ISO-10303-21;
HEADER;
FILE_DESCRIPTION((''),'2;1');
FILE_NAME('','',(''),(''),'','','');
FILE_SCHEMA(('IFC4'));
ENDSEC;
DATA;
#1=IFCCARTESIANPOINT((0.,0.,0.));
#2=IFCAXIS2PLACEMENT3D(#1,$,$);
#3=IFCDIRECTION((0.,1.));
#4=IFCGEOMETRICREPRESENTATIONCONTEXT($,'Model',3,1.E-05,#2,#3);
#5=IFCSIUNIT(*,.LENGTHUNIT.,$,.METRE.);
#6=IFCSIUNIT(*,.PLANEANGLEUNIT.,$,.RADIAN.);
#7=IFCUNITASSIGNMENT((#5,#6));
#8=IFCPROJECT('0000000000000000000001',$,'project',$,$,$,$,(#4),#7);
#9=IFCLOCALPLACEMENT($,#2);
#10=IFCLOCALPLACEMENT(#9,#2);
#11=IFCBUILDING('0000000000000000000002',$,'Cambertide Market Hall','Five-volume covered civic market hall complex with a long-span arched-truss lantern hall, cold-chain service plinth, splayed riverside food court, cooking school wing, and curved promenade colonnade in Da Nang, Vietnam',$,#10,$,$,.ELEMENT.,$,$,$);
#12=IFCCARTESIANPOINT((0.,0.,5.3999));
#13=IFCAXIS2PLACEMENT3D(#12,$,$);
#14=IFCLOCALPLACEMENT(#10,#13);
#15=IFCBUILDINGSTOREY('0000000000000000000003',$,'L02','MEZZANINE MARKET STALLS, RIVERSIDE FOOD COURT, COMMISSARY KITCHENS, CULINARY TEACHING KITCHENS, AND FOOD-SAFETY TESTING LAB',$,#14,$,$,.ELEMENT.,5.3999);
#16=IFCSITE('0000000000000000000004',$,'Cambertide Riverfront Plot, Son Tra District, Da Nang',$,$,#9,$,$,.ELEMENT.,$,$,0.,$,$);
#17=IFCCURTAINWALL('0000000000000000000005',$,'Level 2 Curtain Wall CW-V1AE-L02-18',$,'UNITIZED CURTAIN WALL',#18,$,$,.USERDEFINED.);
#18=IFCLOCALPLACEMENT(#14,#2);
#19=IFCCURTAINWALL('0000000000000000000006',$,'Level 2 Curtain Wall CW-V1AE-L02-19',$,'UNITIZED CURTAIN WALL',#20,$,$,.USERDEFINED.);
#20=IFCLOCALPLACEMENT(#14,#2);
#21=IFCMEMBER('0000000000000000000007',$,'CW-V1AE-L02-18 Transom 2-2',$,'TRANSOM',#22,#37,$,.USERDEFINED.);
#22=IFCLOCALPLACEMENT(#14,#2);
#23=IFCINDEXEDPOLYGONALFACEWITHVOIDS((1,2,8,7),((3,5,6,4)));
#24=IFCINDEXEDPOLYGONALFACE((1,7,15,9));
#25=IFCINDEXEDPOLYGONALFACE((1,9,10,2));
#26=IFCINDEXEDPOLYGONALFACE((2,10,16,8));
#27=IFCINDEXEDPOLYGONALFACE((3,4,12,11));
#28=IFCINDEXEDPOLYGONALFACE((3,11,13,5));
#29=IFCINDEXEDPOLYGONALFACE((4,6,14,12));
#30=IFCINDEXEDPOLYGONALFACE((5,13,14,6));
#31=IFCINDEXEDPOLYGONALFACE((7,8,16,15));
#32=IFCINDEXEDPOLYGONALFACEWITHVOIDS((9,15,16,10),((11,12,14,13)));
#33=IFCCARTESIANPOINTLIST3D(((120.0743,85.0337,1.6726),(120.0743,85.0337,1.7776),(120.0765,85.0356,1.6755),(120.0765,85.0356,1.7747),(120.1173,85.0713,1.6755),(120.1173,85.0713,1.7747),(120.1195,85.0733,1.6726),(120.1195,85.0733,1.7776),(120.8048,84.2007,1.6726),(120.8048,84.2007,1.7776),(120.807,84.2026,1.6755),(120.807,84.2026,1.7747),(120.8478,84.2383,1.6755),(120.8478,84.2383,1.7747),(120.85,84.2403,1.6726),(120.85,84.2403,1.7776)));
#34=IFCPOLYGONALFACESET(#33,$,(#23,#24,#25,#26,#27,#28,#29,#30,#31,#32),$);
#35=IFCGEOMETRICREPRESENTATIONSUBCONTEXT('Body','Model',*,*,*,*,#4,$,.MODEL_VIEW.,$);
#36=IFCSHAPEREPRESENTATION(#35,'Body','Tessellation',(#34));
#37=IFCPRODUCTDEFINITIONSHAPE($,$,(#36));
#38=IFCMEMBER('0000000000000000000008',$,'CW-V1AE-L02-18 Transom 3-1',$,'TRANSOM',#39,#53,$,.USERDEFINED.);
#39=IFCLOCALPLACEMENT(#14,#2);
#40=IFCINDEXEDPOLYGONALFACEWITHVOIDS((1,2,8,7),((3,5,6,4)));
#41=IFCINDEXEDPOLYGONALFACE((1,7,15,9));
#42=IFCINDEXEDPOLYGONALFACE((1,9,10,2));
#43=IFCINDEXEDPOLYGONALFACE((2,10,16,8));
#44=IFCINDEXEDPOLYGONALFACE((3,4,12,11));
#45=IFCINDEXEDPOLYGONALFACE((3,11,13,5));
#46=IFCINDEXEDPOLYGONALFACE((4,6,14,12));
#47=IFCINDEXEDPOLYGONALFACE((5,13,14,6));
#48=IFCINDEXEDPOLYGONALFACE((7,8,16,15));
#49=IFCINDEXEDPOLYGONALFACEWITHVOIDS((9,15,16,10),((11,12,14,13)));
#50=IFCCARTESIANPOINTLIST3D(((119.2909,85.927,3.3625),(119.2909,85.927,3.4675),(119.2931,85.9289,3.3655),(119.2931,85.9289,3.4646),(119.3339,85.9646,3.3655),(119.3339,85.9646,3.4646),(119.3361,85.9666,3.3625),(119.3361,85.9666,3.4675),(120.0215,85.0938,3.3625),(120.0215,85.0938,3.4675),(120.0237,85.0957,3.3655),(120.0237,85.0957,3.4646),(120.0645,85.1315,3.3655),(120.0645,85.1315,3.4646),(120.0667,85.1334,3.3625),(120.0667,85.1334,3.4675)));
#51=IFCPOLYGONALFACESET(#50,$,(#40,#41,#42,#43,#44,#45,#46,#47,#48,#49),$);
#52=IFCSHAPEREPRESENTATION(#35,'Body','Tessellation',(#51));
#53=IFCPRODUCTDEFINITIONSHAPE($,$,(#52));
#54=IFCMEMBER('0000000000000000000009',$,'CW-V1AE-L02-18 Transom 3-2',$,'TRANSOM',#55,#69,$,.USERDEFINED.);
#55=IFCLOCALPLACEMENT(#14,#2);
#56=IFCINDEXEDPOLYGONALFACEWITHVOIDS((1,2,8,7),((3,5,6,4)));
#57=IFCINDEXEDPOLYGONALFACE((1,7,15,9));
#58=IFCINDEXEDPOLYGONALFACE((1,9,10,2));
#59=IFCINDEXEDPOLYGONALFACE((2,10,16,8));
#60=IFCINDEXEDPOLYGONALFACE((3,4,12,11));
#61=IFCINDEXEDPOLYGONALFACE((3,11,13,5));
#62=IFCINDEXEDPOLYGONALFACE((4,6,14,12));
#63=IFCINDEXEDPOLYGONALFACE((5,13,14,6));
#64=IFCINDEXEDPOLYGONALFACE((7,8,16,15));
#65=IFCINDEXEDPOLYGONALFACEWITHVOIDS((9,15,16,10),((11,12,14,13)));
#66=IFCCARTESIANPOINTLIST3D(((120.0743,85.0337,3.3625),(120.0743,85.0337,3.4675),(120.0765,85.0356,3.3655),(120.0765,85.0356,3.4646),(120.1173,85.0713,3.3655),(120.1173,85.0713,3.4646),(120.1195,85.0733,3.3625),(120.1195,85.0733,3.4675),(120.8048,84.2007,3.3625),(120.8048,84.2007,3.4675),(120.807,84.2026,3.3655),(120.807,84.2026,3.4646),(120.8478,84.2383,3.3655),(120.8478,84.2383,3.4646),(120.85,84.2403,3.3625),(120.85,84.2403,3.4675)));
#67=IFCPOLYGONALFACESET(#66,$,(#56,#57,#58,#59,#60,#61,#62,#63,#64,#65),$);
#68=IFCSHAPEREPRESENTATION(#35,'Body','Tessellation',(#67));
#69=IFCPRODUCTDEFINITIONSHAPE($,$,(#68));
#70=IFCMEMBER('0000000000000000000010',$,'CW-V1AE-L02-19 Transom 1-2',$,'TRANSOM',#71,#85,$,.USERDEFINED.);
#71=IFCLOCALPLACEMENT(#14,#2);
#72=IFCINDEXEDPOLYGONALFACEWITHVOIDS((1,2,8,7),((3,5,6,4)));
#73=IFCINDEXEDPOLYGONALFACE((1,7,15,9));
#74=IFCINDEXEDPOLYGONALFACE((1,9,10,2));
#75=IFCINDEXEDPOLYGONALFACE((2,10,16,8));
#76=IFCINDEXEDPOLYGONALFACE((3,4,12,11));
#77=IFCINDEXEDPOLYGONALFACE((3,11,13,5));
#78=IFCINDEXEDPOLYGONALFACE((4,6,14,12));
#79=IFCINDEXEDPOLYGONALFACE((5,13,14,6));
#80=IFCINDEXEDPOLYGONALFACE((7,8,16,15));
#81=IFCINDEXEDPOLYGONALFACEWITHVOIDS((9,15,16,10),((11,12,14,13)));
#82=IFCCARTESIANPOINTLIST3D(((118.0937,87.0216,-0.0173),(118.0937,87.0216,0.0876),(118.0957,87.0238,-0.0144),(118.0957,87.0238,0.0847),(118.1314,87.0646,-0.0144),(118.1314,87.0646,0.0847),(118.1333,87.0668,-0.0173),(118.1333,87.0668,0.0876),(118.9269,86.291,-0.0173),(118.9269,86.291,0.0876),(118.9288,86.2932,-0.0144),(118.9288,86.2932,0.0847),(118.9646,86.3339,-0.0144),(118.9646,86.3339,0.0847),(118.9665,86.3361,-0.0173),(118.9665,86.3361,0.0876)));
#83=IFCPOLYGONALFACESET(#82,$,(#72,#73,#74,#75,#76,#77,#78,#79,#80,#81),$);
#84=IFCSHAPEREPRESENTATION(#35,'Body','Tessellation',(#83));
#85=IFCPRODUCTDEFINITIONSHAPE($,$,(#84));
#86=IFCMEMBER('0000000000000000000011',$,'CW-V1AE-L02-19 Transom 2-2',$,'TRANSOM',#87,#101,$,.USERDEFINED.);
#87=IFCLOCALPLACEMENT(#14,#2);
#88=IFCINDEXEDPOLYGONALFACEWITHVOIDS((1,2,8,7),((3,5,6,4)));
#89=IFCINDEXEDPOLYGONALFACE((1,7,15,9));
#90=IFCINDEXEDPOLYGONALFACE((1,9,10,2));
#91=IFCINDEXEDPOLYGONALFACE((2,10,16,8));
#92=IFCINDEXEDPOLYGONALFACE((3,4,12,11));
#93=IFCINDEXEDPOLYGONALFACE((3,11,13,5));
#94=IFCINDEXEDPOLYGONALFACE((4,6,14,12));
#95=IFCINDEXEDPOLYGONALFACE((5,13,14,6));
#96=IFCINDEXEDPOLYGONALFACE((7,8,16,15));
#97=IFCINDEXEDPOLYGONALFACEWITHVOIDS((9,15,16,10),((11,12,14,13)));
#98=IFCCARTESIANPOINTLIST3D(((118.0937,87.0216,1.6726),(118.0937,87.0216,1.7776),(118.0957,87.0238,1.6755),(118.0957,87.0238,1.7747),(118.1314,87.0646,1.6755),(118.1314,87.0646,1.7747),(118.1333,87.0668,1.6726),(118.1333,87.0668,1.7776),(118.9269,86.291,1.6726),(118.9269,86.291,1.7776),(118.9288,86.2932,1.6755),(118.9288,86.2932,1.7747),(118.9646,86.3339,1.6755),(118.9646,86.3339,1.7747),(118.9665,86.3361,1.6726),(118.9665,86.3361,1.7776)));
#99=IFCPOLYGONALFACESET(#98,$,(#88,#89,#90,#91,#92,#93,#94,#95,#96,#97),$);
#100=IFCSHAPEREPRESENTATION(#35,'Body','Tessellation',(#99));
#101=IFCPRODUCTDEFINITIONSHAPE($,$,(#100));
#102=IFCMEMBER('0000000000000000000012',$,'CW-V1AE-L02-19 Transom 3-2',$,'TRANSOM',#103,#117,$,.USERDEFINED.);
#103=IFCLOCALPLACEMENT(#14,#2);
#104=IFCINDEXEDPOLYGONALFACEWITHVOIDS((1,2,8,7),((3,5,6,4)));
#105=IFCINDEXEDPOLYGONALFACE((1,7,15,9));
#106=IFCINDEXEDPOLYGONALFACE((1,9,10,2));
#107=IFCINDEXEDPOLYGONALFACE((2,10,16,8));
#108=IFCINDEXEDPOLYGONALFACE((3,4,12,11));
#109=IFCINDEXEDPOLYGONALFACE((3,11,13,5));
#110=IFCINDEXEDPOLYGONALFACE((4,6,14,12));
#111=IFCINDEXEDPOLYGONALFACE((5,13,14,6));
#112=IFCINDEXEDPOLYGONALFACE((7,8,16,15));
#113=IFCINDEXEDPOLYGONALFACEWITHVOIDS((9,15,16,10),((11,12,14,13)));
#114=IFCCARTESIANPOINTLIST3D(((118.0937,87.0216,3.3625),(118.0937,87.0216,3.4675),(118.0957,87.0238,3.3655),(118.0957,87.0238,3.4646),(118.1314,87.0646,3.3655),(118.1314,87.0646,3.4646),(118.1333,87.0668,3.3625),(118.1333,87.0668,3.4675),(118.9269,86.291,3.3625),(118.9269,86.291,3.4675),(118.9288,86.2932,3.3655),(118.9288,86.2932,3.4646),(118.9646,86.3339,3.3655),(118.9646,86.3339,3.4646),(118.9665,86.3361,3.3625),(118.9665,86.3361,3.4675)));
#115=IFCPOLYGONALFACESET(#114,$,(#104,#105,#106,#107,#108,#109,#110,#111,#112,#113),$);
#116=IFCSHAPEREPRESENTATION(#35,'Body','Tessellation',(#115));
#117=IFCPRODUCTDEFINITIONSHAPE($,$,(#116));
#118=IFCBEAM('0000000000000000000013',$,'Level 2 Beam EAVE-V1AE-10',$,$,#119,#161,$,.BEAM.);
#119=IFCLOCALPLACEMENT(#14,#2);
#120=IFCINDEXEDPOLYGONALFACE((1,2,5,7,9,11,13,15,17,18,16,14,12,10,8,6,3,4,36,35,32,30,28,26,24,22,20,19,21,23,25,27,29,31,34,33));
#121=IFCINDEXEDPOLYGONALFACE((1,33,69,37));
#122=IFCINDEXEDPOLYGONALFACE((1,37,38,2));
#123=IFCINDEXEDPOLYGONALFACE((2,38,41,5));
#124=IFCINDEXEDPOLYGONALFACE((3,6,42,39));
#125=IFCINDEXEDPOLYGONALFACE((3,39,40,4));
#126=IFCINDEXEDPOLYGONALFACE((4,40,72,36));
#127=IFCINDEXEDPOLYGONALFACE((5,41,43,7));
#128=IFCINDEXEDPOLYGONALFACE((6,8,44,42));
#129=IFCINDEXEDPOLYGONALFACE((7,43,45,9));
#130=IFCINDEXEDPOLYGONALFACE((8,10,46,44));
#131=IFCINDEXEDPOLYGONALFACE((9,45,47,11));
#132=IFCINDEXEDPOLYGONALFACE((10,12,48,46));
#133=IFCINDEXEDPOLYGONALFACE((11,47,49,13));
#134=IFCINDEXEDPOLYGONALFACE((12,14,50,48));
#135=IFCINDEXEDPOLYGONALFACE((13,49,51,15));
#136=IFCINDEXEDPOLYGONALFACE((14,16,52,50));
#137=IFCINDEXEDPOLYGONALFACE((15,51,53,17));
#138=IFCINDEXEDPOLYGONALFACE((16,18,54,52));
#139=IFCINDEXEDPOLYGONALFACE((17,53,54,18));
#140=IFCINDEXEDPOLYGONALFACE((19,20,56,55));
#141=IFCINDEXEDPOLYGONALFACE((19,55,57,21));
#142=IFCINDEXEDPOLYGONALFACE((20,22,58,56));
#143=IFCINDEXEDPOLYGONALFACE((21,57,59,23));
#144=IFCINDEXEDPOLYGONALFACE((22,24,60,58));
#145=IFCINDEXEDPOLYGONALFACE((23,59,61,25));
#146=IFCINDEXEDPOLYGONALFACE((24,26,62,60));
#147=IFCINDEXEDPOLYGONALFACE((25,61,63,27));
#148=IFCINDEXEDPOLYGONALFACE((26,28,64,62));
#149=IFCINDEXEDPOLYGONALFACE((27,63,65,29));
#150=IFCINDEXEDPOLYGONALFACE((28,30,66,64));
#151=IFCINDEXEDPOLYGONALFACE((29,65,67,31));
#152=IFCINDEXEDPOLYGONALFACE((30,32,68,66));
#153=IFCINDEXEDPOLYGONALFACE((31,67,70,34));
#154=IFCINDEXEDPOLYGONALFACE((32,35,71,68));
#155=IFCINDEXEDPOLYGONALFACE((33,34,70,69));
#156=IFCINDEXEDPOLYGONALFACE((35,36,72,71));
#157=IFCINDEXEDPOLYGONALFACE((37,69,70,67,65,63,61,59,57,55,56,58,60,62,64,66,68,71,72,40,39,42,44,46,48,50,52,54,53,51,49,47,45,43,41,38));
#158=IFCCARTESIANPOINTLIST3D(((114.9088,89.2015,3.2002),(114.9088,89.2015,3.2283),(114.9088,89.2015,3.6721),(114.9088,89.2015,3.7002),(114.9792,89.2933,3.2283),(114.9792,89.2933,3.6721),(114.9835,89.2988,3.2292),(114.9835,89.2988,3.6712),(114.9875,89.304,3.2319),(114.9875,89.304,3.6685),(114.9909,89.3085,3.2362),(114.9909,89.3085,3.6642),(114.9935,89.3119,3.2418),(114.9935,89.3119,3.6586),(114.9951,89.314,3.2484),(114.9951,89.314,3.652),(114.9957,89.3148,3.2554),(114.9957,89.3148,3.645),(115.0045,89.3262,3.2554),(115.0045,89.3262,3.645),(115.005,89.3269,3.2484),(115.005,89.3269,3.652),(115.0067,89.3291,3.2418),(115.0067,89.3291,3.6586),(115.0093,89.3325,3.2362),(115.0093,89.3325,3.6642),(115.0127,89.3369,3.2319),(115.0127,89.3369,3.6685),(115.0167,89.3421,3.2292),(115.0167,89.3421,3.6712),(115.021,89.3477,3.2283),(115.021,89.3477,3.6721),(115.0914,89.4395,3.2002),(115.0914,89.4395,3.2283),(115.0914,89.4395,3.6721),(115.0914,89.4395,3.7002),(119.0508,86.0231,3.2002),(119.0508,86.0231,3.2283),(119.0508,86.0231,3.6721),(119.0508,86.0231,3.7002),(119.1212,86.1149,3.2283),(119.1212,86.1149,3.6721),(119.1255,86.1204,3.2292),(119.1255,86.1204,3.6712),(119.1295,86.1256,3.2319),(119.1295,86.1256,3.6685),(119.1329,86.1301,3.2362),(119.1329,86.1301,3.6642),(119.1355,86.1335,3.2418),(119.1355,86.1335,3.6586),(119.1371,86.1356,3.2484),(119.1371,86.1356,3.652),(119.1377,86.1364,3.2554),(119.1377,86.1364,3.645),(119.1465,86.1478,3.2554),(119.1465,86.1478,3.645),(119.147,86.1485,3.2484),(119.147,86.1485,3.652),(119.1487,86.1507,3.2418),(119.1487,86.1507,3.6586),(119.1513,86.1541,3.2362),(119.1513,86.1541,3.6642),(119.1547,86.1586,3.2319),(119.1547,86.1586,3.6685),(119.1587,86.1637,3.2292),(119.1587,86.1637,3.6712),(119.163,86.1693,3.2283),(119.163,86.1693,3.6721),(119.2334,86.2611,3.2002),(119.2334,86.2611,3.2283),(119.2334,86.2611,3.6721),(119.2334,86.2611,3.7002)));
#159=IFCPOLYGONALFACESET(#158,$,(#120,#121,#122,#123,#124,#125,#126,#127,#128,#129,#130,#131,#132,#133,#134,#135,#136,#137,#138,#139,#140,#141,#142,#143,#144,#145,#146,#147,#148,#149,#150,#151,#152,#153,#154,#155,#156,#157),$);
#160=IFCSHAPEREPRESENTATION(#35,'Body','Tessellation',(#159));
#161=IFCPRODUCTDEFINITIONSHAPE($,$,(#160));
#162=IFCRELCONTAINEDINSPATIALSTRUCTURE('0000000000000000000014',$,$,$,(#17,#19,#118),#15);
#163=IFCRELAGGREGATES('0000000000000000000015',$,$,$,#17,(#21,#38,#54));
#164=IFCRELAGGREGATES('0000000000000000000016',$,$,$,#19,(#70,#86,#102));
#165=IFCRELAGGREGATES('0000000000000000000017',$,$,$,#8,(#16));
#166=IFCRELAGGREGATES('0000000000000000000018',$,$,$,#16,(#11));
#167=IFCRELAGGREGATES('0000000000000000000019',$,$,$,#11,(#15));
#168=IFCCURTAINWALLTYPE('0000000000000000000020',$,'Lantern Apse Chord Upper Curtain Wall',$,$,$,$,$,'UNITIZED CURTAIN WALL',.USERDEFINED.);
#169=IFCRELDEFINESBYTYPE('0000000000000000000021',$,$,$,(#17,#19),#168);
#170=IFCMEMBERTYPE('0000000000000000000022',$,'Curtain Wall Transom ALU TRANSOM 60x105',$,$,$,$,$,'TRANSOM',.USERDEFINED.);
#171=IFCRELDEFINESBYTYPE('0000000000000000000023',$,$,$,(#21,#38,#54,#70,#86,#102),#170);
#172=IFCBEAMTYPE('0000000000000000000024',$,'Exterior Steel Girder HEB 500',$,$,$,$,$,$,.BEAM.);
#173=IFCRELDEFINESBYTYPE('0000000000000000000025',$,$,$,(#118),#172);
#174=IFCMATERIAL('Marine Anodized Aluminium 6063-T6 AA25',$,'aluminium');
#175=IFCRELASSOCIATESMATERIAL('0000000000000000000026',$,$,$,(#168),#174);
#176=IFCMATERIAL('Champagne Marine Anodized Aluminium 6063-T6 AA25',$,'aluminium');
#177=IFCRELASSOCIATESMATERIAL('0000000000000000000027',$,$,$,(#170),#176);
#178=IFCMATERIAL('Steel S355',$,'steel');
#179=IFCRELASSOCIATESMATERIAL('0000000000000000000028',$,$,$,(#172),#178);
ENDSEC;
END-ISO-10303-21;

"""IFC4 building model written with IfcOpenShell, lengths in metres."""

from ifc_helpers import new_model, si_unit, direction, frame, origin, origin_2d, place, context, subcontext, project, spatial, hollow_rectangle, i_section, extrude, material, material_profile, profile_set, type_object, element, aggregate, save


model = new_model("IFC4")

# Units and contexts
model_context = context("Model", 3, precision=1e-05, world=origin(), true_north=direction((0.0, 1.0)))
body_context = subcontext(model_context, "Body", "Model", "MODEL_VIEW")
ifc_project = project(units=[si_unit("LENGTHUNIT", "METRE"), si_unit("PLANEANGLEUNIT", "RADIAN")], contexts=[model_context])

# Site, building, storey
site_placement = place(None, origin())
site = spatial("IfcSite", under=ifc_project, at=site_placement, Name="Cambertide Riverfront Plot, Son Tra District, Da Nang", CompositionType="ELEMENT", RefElevation=0.0)
building_placement = place(site_placement, origin())
building = spatial("IfcBuilding", under=site, at=building_placement, Name="Cambertide Market Hall", Description="Five-volume covered civic market hall complex with a long-span arched-truss lantern hall, cold-chain service plinth, splayed riverside food court, cooking school wing, and curved promenade colonnade in Da Nang, Vietnam", CompositionType="ELEMENT")
storey_placement = place(building_placement, frame((0.0, 0.0, 5.3999)))
storey = spatial("IfcBuildingStorey", under=building, at=storey_placement, Name="L02", Description="MEZZANINE MARKET STALLS, RIVERSIDE FOOD COURT, COMMISSARY KITCHENS, CULINARY TEACHING KITCHENS, AND FOOD-SAFETY TESTING LAB", CompositionType="ELEMENT", Elevation=5.3999)

# Curtain walls
ifc_material_1 = material(Name="Marine Anodized Aluminium 6063-T6 AA25", Category="aluminium")
curtain_wall_type = type_object("IfcCurtainWallType", Name="Lantern Apse Chord Upper Curtain Wall", ElementType="UNITIZED CURTAIN WALL", PredefinedType="USERDEFINED", material=ifc_material_1)
curtain_wall_1_placement = place(storey_placement, origin())
curtain_wall_1 = element("IfcCurtainWall", 1, at=curtain_wall_1_placement, inside=storey, type_object=curtain_wall_type, Name="Level 2 Curtain Wall CW-V1AE-L02-18", ObjectType="UNITIZED CURTAIN WALL", PredefinedType="USERDEFINED")
curtain_wall_2_placement = place(storey_placement, origin())
curtain_wall_2 = element("IfcCurtainWall", 2, at=curtain_wall_2_placement, inside=storey, type_object=curtain_wall_type, Name="Level 2 Curtain Wall CW-V1AE-L02-19", ObjectType="UNITIZED CURTAIN WALL", PredefinedType="USERDEFINED")

# Members
ifc_material_2 = material(Name="Champagne Marine Anodized Aluminium 6063-T6 AA25", Category="aluminium")
ifc_material_profile_1 = material_profile(ifc_material_2, hollow_rectangle(XDim=0.0601, YDim=0.105, WallThickness=0.0029, at=origin_2d()), Name="ALU TRANSOM 60x105")
ifc_profile_set_1 = profile_set([ifc_material_profile_1], Name="Champagne Marine Anodized Aluminium 6063-T6 AA25")
member_type_1 = type_object("IfcMemberType", Name="Curtain Wall Transom ALU TRANSOM 60x105", ElementType="TRANSOM", PredefinedType="USERDEFINED", material=ifc_profile_set_1)
member_1_placement = place(storey_placement, frame((120.0969, 85.0535, 1.7251), z_axis=(0.659315, -0.751866, 0.0), x_axis=(0.751866, 0.659315, 0.0)))
member_1 = element("IfcMember", 3, at=member_1_placement, type_object=member_type_1, Name="CW-V1AE-L02-18 Transom 2-2", ObjectType="TRANSOM", PredefinedType="USERDEFINED", context=body_context, shape_type="SweptSolid", body=[
    extrude(hollow_rectangle(XDim=0.0601, YDim=0.105, WallThickness=0.0029, at=origin_2d()), origin(), (0.0, 0.0, 1.0), 1.1079),
])
member_2_placement = place(storey_placement, frame((119.3135, 85.9468, 3.415), z_axis=(0.659331, -0.751853, 0.0), x_axis=(0.751853, 0.659331, 0.0)))
member_2 = element("IfcMember", 4, at=member_2_placement, type_object=member_type_1, Name="CW-V1AE-L02-18 Transom 3-1", ObjectType="TRANSOM", PredefinedType="USERDEFINED", context=body_context, shape_type="SweptSolid", body=[
    extrude(hollow_rectangle(XDim=0.0601, YDim=0.105, WallThickness=0.0029, at=origin_2d()), origin(), (0.0, 0.0, 1.0), 1.1082),
])
member_3_placement = place(storey_placement, frame((120.0969, 85.0535, 3.415), z_axis=(0.659315, -0.751866, 0.0), x_axis=(0.751866, 0.659315, 0.0)))
member_3 = element("IfcMember", 5, at=member_3_placement, type_object=member_type_1, Name="CW-V1AE-L02-18 Transom 3-2", ObjectType="TRANSOM", PredefinedType="USERDEFINED", context=body_context, shape_type="SweptSolid", body=[
    extrude(hollow_rectangle(XDim=0.0601, YDim=0.105, WallThickness=0.0029, at=origin_2d()), origin(), (0.0, 0.0, 1.0), 1.1079),
])
member_4_placement = place(storey_placement, frame((118.1135, 87.0442, 0.0352), z_axis=(0.751853, -0.659331, 0.0), x_axis=(0.659331, 0.751853, 0.0)))
member_4 = element("IfcMember", 6, at=member_4_placement, type_object=member_type_1, Name="CW-V1AE-L02-19 Transom 1-2", ObjectType="TRANSOM", PredefinedType="USERDEFINED", context=body_context, shape_type="SweptSolid", body=[
    extrude(hollow_rectangle(XDim=0.0601, YDim=0.105, WallThickness=0.0029, at=origin_2d()), origin(), (0.0, 0.0, 1.0), 1.1082),
])
member_5_placement = place(storey_placement, frame((118.1135, 87.0442, 1.7251), z_axis=(0.751853, -0.659331, 0.0), x_axis=(0.659331, 0.751853, 0.0)))
member_5 = element("IfcMember", 7, at=member_5_placement, type_object=member_type_1, Name="CW-V1AE-L02-19 Transom 2-2", ObjectType="TRANSOM", PredefinedType="USERDEFINED", context=body_context, shape_type="SweptSolid", body=[
    extrude(hollow_rectangle(XDim=0.0601, YDim=0.105, WallThickness=0.0029, at=origin_2d()), origin(), (0.0, 0.0, 1.0), 1.1082),
])
member_6_placement = place(storey_placement, frame((118.1135, 87.0442, 3.415), z_axis=(0.751853, -0.659331, 0.0), x_axis=(0.659331, 0.751853, 0.0)))
member_6 = element("IfcMember", 8, at=member_6_placement, type_object=member_type_1, Name="CW-V1AE-L02-19 Transom 3-2", ObjectType="TRANSOM", PredefinedType="USERDEFINED", context=body_context, shape_type="SweptSolid", body=[
    extrude(hollow_rectangle(XDim=0.0601, YDim=0.105, WallThickness=0.0029, at=origin_2d()), origin(), (0.0, 0.0, 1.0), 1.1082),
])

# Beam
ifc_material_3 = material(Name="Steel S355", Category="steel")
ifc_material_profile_2 = material_profile(ifc_material_3, i_section(OverallWidth=0.3, OverallDepth=0.5, WebThickness=0.0144, FlangeThickness=0.0281, FilletRadius=0.0271, at=origin_2d()), Name="HEB 500")
ifc_profile_set_2 = profile_set([ifc_material_profile_2], Name="Steel S355")
beam_type_1 = type_object("IfcBeamType", Name="Exterior Steel Girder HEB 500", PredefinedType="BEAM", material=ifc_profile_set_2)
beam_1_placement = place(storey_placement, frame((119.1421, 86.1421, 3.4502), z_axis=(-0.793341, 0.608777, 0.0), x_axis=(-0.608777, -0.793341, 0.0)))
element("IfcBeam", 9, at=beam_1_placement, inside=storey, type_object=beam_type_1, Name="Level 2 Beam EAVE-V1AE-10", PredefinedType="BEAM", context=body_context, shape_type="SweptSolid", body=[
    extrude(i_section(OverallWidth=0.3, OverallDepth=0.5, WebThickness=0.0144, FlangeThickness=0.0281, FilletRadius=0.0271, at=origin_2d()), origin(), (0.0, 0.0, 1.0), 5.2209),
])

aggregate(curtain_wall_1, [member_1, member_2, member_3])
aggregate(curtain_wall_2, [member_4, member_5, member_6])

save(model, "model.ifc")
